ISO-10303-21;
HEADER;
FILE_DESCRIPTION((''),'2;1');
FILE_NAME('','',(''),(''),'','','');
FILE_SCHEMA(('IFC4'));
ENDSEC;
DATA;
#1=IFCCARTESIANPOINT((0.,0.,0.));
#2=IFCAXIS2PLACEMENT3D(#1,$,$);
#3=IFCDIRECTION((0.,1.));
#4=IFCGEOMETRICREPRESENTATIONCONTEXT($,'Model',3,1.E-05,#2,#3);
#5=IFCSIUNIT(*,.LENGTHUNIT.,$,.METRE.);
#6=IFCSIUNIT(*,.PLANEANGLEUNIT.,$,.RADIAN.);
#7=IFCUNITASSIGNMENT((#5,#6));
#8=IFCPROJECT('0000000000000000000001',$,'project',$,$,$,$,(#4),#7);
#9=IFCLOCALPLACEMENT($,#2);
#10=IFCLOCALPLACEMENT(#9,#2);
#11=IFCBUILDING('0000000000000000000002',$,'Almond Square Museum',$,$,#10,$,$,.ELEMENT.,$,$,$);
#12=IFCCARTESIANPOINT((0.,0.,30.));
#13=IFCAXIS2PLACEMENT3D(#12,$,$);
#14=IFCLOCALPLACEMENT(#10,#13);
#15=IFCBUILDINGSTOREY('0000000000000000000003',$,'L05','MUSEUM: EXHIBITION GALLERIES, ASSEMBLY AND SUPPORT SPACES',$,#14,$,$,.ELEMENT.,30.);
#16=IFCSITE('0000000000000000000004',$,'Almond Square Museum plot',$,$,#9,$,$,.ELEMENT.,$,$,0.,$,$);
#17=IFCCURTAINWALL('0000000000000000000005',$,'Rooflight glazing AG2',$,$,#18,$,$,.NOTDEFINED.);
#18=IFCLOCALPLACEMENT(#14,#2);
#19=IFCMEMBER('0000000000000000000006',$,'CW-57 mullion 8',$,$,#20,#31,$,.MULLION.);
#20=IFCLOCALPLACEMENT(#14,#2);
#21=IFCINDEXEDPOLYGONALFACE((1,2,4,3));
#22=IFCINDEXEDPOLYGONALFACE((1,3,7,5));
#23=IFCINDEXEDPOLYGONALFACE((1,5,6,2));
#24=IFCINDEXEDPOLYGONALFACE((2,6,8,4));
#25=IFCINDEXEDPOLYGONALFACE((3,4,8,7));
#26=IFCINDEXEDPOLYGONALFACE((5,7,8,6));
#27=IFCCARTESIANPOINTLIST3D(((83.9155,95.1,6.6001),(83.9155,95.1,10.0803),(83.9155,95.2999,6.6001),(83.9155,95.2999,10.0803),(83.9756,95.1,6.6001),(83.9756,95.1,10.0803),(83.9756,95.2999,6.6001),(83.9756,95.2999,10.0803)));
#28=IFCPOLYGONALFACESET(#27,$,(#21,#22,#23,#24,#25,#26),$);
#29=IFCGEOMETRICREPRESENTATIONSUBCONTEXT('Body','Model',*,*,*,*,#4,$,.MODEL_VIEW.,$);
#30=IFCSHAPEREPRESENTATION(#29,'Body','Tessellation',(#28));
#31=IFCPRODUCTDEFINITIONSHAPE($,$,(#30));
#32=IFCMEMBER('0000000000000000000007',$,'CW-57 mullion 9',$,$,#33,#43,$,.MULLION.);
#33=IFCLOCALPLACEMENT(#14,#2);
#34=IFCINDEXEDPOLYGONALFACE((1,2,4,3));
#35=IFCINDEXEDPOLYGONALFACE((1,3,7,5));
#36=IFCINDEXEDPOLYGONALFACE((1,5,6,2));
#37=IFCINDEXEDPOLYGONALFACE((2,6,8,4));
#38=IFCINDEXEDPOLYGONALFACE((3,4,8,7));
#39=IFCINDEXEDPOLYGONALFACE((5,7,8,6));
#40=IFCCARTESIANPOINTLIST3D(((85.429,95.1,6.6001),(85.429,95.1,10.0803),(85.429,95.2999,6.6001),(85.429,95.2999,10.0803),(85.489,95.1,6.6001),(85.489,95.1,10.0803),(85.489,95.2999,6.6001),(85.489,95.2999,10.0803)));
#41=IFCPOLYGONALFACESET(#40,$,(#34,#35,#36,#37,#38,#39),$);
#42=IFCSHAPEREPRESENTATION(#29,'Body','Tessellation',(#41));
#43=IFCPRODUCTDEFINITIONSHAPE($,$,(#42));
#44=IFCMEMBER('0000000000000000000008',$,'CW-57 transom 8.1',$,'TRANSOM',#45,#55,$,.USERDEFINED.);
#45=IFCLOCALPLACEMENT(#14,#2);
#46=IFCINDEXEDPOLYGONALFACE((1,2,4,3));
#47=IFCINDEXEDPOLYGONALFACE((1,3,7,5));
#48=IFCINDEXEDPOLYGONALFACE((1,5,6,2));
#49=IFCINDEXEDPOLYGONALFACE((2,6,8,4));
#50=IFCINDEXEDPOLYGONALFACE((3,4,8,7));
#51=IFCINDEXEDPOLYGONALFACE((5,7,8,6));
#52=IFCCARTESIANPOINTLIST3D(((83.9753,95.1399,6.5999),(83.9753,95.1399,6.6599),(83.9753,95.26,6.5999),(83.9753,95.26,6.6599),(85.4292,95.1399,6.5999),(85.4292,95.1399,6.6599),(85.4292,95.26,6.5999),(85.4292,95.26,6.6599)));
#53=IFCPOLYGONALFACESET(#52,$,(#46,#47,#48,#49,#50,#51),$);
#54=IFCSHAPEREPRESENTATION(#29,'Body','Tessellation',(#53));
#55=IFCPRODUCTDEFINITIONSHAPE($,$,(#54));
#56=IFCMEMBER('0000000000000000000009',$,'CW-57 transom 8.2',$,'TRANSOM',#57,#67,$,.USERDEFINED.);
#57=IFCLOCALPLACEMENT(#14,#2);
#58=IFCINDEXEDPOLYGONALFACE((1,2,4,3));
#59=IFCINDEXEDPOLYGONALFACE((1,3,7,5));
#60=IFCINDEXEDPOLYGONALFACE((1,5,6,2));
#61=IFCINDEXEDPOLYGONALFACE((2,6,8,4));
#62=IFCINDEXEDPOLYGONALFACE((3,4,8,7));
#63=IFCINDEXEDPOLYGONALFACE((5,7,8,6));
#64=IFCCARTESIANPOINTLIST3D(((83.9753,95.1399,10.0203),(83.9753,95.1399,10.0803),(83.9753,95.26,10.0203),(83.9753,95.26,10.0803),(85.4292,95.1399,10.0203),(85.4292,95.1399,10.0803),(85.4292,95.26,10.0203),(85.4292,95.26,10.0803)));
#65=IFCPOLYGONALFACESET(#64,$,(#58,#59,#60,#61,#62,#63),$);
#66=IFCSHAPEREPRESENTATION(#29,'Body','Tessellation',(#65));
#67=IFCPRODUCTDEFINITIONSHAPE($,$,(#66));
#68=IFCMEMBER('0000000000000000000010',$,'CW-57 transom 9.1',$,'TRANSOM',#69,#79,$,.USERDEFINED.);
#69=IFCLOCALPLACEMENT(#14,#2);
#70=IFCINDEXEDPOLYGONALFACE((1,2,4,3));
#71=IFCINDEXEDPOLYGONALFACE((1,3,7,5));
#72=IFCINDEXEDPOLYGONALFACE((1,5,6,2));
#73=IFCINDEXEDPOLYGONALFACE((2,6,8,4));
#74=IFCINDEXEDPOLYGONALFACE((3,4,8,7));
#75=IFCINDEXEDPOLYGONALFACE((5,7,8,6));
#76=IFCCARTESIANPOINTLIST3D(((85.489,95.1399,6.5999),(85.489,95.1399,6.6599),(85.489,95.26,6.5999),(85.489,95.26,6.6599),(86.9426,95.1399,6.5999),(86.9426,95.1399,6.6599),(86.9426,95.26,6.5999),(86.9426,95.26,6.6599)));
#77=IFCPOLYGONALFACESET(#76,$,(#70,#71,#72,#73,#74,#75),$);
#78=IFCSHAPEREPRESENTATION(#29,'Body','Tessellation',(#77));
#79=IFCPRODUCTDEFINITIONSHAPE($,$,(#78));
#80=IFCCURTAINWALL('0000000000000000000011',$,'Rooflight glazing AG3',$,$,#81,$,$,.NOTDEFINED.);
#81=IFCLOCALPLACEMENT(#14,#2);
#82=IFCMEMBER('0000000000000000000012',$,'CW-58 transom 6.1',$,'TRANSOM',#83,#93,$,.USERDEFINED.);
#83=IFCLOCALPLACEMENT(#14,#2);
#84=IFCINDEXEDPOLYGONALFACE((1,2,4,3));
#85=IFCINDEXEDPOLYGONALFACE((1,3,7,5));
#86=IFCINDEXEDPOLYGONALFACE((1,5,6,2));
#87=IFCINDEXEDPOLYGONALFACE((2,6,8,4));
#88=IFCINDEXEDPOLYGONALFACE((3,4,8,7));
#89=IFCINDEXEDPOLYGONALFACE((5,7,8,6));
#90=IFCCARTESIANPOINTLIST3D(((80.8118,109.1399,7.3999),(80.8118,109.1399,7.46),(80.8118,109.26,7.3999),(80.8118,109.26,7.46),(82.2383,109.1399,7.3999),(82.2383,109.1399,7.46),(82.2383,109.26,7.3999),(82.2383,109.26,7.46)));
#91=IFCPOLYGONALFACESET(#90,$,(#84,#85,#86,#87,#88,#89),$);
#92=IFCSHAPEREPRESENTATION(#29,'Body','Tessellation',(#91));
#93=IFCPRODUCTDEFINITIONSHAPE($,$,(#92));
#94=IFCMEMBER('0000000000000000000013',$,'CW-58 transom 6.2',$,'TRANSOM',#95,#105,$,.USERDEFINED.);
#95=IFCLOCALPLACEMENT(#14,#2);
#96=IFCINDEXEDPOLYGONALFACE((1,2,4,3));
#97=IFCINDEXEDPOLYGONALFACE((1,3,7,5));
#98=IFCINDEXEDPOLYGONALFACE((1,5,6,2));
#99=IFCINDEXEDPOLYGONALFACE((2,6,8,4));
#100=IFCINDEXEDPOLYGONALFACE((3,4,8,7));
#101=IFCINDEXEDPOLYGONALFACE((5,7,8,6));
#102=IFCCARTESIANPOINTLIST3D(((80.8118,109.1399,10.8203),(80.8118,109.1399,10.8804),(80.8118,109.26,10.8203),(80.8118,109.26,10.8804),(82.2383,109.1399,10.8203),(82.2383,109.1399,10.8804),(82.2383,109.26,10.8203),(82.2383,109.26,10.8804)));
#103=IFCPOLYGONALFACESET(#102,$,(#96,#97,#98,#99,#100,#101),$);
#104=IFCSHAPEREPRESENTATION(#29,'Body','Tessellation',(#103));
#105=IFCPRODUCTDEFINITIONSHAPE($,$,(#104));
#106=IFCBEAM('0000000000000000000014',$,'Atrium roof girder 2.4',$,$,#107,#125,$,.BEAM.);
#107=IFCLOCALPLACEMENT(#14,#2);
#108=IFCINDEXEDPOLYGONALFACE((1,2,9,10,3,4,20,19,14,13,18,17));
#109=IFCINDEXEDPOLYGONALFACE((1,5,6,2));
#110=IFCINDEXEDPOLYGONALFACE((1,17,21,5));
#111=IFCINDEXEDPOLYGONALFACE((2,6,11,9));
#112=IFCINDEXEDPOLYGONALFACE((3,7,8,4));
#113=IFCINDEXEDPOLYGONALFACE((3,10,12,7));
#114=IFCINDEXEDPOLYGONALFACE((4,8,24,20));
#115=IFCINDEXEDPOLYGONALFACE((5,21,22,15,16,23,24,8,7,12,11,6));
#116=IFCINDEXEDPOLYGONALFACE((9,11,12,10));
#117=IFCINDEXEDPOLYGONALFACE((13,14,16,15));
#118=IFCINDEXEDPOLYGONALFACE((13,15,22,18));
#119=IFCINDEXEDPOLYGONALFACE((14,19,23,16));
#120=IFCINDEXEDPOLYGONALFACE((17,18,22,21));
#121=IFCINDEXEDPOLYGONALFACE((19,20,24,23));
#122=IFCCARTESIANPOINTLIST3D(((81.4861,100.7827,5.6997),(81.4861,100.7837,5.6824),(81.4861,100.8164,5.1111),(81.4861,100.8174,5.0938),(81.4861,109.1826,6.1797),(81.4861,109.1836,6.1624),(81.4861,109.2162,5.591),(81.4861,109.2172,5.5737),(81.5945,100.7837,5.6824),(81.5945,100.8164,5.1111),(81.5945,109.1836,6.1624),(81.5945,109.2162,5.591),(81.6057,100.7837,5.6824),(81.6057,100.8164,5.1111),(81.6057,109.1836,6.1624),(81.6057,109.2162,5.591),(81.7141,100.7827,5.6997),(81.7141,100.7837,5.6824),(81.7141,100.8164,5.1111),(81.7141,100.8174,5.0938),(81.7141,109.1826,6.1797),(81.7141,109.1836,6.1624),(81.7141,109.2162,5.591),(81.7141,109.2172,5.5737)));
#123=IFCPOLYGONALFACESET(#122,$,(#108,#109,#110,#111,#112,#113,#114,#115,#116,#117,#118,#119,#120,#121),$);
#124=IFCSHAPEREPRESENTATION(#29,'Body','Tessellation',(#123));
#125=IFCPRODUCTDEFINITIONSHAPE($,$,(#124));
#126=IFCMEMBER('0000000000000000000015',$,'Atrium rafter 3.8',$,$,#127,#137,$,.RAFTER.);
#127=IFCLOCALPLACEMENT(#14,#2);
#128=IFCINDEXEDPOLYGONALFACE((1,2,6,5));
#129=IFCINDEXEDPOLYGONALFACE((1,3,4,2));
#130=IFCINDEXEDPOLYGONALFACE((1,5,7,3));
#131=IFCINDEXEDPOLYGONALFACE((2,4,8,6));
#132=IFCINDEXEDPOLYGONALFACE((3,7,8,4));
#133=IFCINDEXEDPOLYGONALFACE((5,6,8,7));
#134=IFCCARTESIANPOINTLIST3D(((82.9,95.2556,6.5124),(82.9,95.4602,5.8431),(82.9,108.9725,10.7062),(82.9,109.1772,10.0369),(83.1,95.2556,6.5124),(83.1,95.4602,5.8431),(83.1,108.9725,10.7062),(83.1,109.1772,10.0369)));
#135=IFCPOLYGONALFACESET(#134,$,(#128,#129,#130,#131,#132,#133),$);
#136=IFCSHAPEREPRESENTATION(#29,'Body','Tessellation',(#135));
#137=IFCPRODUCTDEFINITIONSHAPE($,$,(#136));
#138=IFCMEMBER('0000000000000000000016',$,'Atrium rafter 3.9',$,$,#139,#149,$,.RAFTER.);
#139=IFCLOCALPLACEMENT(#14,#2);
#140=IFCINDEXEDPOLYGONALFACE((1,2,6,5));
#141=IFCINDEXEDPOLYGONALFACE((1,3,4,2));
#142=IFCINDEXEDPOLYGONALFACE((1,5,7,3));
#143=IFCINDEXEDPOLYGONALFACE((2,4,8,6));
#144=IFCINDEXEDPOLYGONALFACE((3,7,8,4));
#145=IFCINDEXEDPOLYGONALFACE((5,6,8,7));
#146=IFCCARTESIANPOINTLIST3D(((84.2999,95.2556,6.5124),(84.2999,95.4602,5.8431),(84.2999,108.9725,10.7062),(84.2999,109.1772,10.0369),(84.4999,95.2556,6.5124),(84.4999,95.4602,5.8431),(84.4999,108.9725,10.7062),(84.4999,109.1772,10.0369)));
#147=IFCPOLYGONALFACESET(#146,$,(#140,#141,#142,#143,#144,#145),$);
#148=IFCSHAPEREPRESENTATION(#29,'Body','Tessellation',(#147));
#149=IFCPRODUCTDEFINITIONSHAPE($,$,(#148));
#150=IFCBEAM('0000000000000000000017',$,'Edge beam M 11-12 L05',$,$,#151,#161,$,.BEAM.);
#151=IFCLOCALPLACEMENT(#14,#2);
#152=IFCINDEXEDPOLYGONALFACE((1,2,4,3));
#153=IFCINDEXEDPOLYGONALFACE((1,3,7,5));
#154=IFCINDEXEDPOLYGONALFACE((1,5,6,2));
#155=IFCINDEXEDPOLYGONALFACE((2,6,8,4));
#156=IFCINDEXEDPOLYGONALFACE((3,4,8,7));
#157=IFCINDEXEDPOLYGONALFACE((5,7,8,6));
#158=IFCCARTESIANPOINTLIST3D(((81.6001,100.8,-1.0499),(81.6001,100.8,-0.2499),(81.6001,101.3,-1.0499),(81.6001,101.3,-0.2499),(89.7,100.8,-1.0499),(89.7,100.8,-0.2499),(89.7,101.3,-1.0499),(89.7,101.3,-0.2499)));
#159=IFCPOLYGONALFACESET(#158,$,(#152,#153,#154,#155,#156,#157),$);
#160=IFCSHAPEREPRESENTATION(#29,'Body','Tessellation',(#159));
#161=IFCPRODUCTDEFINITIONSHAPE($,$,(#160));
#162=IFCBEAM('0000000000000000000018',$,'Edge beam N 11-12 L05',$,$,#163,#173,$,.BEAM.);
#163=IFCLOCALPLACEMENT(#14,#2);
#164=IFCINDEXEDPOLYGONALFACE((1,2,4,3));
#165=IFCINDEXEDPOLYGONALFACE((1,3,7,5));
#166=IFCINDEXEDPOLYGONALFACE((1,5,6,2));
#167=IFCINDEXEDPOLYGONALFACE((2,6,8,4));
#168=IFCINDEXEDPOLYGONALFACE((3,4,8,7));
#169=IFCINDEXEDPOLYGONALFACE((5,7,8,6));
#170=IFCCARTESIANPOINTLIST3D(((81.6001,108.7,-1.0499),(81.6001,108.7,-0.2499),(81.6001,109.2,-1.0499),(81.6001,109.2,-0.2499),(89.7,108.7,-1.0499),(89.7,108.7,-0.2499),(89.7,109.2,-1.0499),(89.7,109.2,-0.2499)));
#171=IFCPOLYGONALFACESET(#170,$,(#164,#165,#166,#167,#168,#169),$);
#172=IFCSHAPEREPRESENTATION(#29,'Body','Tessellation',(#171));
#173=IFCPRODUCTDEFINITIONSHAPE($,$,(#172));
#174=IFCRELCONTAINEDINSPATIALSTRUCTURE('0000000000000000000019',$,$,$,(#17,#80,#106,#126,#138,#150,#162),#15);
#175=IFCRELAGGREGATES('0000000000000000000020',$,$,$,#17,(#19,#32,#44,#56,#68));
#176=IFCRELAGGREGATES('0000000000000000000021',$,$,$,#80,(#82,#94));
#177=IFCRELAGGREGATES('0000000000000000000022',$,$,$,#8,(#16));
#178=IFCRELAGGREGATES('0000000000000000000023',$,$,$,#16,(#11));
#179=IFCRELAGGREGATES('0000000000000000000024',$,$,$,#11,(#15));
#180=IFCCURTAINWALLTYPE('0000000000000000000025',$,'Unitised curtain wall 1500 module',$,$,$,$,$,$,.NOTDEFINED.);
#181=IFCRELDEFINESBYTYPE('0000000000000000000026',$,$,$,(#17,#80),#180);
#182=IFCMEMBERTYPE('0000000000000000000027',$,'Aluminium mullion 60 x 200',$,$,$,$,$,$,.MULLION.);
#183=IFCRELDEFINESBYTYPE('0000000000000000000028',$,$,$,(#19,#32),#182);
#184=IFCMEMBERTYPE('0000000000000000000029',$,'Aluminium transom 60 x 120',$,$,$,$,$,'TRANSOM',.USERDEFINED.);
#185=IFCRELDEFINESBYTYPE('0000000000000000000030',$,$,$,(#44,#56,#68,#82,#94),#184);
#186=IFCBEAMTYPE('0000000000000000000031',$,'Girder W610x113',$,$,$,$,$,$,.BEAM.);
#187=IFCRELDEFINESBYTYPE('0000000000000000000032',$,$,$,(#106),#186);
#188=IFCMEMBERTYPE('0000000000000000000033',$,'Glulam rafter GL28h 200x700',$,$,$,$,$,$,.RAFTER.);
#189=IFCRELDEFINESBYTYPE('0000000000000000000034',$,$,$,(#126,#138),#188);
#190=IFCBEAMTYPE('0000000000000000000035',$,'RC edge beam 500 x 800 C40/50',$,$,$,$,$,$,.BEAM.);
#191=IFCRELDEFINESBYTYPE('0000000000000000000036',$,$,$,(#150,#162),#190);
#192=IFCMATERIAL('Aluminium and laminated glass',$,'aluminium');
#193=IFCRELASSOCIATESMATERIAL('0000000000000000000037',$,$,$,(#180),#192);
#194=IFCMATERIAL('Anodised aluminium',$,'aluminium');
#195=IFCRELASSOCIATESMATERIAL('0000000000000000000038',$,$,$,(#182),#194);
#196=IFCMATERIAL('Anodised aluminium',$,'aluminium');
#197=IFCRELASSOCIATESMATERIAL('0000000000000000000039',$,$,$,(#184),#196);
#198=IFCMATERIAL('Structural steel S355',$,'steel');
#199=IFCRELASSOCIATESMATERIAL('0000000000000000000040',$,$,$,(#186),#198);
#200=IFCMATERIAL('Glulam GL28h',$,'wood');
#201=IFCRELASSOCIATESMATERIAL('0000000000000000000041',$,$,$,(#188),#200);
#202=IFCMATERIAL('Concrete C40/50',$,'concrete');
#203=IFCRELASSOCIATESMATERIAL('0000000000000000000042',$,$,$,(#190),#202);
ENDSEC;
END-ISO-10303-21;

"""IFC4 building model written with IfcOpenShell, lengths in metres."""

from ifc_helpers import new_model, si_unit, direction, frame, origin, origin_2d, place, context, subcontext, project, spatial, rectangle, i_section, extrude, material, material_profile, profile_set, type_object, element, aggregate, save


model = new_model("IFC4")

# Units and contexts
model_context = context("Model", 3, precision=1e-05, world=origin(), true_north=direction((0.0, 1.0)))
body_context = subcontext(model_context, "Body", "Model", "MODEL_VIEW")
ifc_project = project(units=[si_unit("LENGTHUNIT", "METRE"), si_unit("PLANEANGLEUNIT", "RADIAN")], contexts=[model_context])

# Site, building, storey
site_placement = place(None, origin())
site = spatial("IfcSite", under=ifc_project, at=site_placement, Name="Almond Square Museum plot", CompositionType="ELEMENT", RefElevation=0.0)
building_placement = place(site_placement, origin())
building = spatial("IfcBuilding", under=site, at=building_placement, Name="Almond Square Museum", CompositionType="ELEMENT")
storey_placement = place(building_placement, frame((0.0, 0.0, 30.0)))
storey = spatial("IfcBuildingStorey", under=building, at=storey_placement, Name="L05", Description="MUSEUM: EXHIBITION GALLERIES, ASSEMBLY AND SUPPORT SPACES", CompositionType="ELEMENT", Elevation=30.0)

# Curtain walls, members
ifc_material_1 = material(Name="Aluminium and laminated glass", Category="aluminium")
curtain_wall_type = type_object("IfcCurtainWallType", Name="Unitised curtain wall 1500 module", PredefinedType="NOTDEFINED", material=ifc_material_1)
curtain_wall_1_placement = place(storey_placement, origin())
curtain_wall_1 = element("IfcCurtainWall", 1, at=curtain_wall_1_placement, inside=storey, type_object=curtain_wall_type, Name="Rooflight glazing AG2", PredefinedType="NOTDEFINED")
ifc_material_2 = material(Name="Anodised aluminium", Category="aluminium")
ifc_material_profile_1 = material_profile(ifc_material_2, rectangle(XDim=0.2, YDim=0.0601, at=origin_2d()))
ifc_profile_set_1 = profile_set([ifc_material_profile_1], Name="Anodised aluminium")
member_type_1 = type_object("IfcMemberType", Name="Aluminium mullion 60 x 200", PredefinedType="MULLION", material=ifc_profile_set_1)
member_1_placement = place(storey_placement, frame((83.9456, 95.2, 6.6001), z_axis=(0.0, 0.0, 1.0), x_axis=(0.0, 1.0, 0.0)))
member_1 = element("IfcMember", 2, at=member_1_placement, type_object=member_type_1, Name="CW-57 mullion 8", PredefinedType="MULLION", context=body_context, shape_type="SweptSolid", body=[
    extrude(rectangle(XDim=0.2, YDim=0.0601, at=origin_2d()), origin(), (0.0, 0.0, 1.0), 3.4802),
])
member_2_placement = place(storey_placement, frame((85.459, 95.2, 6.6001), z_axis=(0.0, 0.0, 1.0), x_axis=(0.0, 1.0, 0.0)))
member_2 = element("IfcMember", 3, at=member_2_placement, type_object=member_type_1, Name="CW-57 mullion 9", PredefinedType="MULLION", context=body_context, shape_type="SweptSolid", body=[
    extrude(rectangle(XDim=0.2, YDim=0.0601, at=origin_2d()), origin(), (0.0, 0.0, 1.0), 3.4802),
])
ifc_material_3 = material(Name="Anodised aluminium", Category="aluminium")
ifc_material_profile_2 = material_profile(ifc_material_3, rectangle(XDim=0.1201, YDim=0.0601, at=origin_2d()))
ifc_profile_set_2 = profile_set([ifc_material_profile_2], Name="Anodised aluminium")
member_type_2 = type_object("IfcMemberType", Name="Aluminium transom 60 x 120", ElementType="TRANSOM", PredefinedType="USERDEFINED", material=ifc_profile_set_2)
member_3_placement = place(storey_placement, frame((83.9753, 95.2, 6.6299), z_axis=(1.0, 0.0, 0.0), x_axis=(0.0, 1.0, 0.0)))
member_3 = element("IfcMember", 4, at=member_3_placement, type_object=member_type_2, Name="CW-57 transom 8.1", ObjectType="TRANSOM", PredefinedType="USERDEFINED", context=body_context, shape_type="SweptSolid", body=[
    extrude(rectangle(XDim=0.1201, YDim=0.0601, at=origin_2d()), origin(), (0.0, 0.0, 1.0), 1.4539),
])
member_4_placement = place(storey_placement, frame((83.9753, 95.2, 10.0503), z_axis=(1.0, 0.0, 0.0), x_axis=(0.0, 1.0, 0.0)))
member_4 = element("IfcMember", 5, at=member_4_placement, type_object=member_type_2, Name="CW-57 transom 8.2", ObjectType="TRANSOM", PredefinedType="USERDEFINED", context=body_context, shape_type="SweptSolid", body=[
    extrude(rectangle(XDim=0.1201, YDim=0.0601, at=origin_2d()), origin(), (0.0, 0.0, 1.0), 1.4539),
])
member_5_placement = place(storey_placement, frame((85.489, 95.2, 6.6299), z_axis=(1.0, 0.0, 0.0), x_axis=(0.0, 1.0, 0.0)))
member_5 = element("IfcMember", 6, at=member_5_placement, type_object=member_type_2, Name="CW-57 transom 9.1", ObjectType="TRANSOM", PredefinedType="USERDEFINED", context=body_context, shape_type="SweptSolid", body=[
    extrude(rectangle(XDim=0.1201, YDim=0.0601, at=origin_2d()), origin(), (0.0, 0.0, 1.0), 1.4536),
])
curtain_wall_2_placement = place(storey_placement, origin())
curtain_wall_2 = element("IfcCurtainWall", 7, at=curtain_wall_2_placement, inside=storey, type_object=curtain_wall_type, Name="Rooflight glazing AG3", PredefinedType="NOTDEFINED")
member_6_placement = place(storey_placement, frame((80.8118, 109.2, 7.4299), z_axis=(1.0, 0.0, 0.0), x_axis=(0.0, 1.0, 0.0)))
member_6 = element("IfcMember", 8, at=member_6_placement, type_object=member_type_2, Name="CW-58 transom 6.1", ObjectType="TRANSOM", PredefinedType="USERDEFINED", context=body_context, shape_type="SweptSolid", body=[
    extrude(rectangle(XDim=0.1201, YDim=0.0601, at=origin_2d()), origin(), (0.0, 0.0, 1.0), 1.4265),
])
member_7_placement = place(storey_placement, frame((80.8118, 109.2, 10.8503), z_axis=(1.0, 0.0, 0.0), x_axis=(0.0, 1.0, 0.0)))
member_7 = element("IfcMember", 9, at=member_7_placement, type_object=member_type_2, Name="CW-58 transom 6.2", ObjectType="TRANSOM", PredefinedType="USERDEFINED", context=body_context, shape_type="SweptSolid", body=[
    extrude(rectangle(XDim=0.1201, YDim=0.0601, at=origin_2d()), origin(), (0.0, 0.0, 1.0), 1.4265),
])

# Beam
ifc_material_4 = material(Name="Structural steel S355", Category="steel")
ifc_material_profile_3 = material_profile(ifc_material_4, i_section(OverallWidth=0.228, OverallDepth=0.6069, WebThickness=0.0112, FlangeThickness=0.0173, at=origin_2d()))
ifc_profile_set_3 = profile_set([ifc_material_profile_3], Name="Structural steel S355")
beam_type_1 = type_object("IfcBeamType", Name="Girder W610x113", PredefinedType="BEAM", material=ifc_profile_set_3)
beam_1_placement = place(storey_placement, frame((81.6001, 100.8, 5.3967), z_axis=(0.0, 0.998371, 0.057048), x_axis=(-1.0, 0.0, 0.0)))
element("IfcBeam", 10, at=beam_1_placement, inside=storey, type_object=beam_type_1, Name="Atrium roof girder 2.4", PredefinedType="BEAM", context=body_context, shape_type="SweptSolid", body=[
    extrude(i_section(OverallWidth=0.228, OverallDepth=0.6069, WebThickness=0.0112, FlangeThickness=0.0173, at=origin_2d()), origin(), (0.0, 0.0, 1.0), 8.4136),
])

# Members
ifc_material_5 = material(Name="Glulam GL28h", Category="wood")
ifc_material_profile_4 = material_profile(ifc_material_5, rectangle(XDim=0.2, YDim=0.7, at=origin_2d()))
ifc_profile_set_4 = profile_set([ifc_material_profile_4], Name="Glulam GL28h")
member_type_3 = type_object("IfcMemberType", Name="Glulam rafter GL28h 200x700", PredefinedType="RAFTER", material=ifc_profile_set_4)
for number, where, z_axis, x_axis, name in (
    (11, (83.0, 95.3579, 6.1777), (0.0, 0.956302, 0.29238), (-1.0, 0.0, 0.0), "Atrium rafter 3.8"),
    (12, (84.3999, 95.3579, 6.1777), (0.0, 0.956302, 0.29238), (-1.0, 0.0, 0.0), "Atrium rafter 3.9"),
):
    element("IfcMember", number, at=place(storey_placement, frame(where, z_axis=z_axis, x_axis=x_axis)), inside=storey, type_object=member_type_3, Name=name, PredefinedType="RAFTER", context=body_context, shape_type="SweptSolid", body=[
        extrude(rectangle(XDim=0.2, YDim=0.7, at=origin_2d()), origin(), (0.0, 0.0, 1.0), 14.3438),
    ])

# Beams
ifc_material_6 = material(Name="Concrete C40/50", Category="concrete")
ifc_material_profile_5 = material_profile(ifc_material_6, rectangle(XDim=0.5, YDim=0.8, at=origin_2d()))
ifc_profile_set_5 = profile_set([ifc_material_profile_5], Name="Concrete C40/50")
beam_type_2 = type_object("IfcBeamType", Name="RC edge beam 500 x 800 C40/50", PredefinedType="BEAM", material=ifc_profile_set_5)
for number, where, z_axis, x_axis, name in (
    (13, (81.6001, 101.05, -0.6499), (1.0, 0.0, 0.0), (0.0, 1.0, 0.0), "Edge beam M 11-12 L05"),
    (14, (81.6001, 108.95, -0.6499), (1.0, 0.0, 0.0), (0.0, 1.0, 0.0), "Edge beam N 11-12 L05"),
):
    element("IfcBeam", number, at=place(storey_placement, frame(where, z_axis=z_axis, x_axis=x_axis)), inside=storey, type_object=beam_type_2, Name=name, PredefinedType="BEAM", context=body_context, shape_type="SweptSolid", body=[
        extrude(rectangle(XDim=0.5, YDim=0.8, at=origin_2d()), origin(), (0.0, 0.0, 1.0), 8.0999),
    ])

aggregate(curtain_wall_1, [member_1, member_2, member_3, member_4, member_5])
aggregate(curtain_wall_2, [member_6, member_7])

save(model, "model.ifc")
